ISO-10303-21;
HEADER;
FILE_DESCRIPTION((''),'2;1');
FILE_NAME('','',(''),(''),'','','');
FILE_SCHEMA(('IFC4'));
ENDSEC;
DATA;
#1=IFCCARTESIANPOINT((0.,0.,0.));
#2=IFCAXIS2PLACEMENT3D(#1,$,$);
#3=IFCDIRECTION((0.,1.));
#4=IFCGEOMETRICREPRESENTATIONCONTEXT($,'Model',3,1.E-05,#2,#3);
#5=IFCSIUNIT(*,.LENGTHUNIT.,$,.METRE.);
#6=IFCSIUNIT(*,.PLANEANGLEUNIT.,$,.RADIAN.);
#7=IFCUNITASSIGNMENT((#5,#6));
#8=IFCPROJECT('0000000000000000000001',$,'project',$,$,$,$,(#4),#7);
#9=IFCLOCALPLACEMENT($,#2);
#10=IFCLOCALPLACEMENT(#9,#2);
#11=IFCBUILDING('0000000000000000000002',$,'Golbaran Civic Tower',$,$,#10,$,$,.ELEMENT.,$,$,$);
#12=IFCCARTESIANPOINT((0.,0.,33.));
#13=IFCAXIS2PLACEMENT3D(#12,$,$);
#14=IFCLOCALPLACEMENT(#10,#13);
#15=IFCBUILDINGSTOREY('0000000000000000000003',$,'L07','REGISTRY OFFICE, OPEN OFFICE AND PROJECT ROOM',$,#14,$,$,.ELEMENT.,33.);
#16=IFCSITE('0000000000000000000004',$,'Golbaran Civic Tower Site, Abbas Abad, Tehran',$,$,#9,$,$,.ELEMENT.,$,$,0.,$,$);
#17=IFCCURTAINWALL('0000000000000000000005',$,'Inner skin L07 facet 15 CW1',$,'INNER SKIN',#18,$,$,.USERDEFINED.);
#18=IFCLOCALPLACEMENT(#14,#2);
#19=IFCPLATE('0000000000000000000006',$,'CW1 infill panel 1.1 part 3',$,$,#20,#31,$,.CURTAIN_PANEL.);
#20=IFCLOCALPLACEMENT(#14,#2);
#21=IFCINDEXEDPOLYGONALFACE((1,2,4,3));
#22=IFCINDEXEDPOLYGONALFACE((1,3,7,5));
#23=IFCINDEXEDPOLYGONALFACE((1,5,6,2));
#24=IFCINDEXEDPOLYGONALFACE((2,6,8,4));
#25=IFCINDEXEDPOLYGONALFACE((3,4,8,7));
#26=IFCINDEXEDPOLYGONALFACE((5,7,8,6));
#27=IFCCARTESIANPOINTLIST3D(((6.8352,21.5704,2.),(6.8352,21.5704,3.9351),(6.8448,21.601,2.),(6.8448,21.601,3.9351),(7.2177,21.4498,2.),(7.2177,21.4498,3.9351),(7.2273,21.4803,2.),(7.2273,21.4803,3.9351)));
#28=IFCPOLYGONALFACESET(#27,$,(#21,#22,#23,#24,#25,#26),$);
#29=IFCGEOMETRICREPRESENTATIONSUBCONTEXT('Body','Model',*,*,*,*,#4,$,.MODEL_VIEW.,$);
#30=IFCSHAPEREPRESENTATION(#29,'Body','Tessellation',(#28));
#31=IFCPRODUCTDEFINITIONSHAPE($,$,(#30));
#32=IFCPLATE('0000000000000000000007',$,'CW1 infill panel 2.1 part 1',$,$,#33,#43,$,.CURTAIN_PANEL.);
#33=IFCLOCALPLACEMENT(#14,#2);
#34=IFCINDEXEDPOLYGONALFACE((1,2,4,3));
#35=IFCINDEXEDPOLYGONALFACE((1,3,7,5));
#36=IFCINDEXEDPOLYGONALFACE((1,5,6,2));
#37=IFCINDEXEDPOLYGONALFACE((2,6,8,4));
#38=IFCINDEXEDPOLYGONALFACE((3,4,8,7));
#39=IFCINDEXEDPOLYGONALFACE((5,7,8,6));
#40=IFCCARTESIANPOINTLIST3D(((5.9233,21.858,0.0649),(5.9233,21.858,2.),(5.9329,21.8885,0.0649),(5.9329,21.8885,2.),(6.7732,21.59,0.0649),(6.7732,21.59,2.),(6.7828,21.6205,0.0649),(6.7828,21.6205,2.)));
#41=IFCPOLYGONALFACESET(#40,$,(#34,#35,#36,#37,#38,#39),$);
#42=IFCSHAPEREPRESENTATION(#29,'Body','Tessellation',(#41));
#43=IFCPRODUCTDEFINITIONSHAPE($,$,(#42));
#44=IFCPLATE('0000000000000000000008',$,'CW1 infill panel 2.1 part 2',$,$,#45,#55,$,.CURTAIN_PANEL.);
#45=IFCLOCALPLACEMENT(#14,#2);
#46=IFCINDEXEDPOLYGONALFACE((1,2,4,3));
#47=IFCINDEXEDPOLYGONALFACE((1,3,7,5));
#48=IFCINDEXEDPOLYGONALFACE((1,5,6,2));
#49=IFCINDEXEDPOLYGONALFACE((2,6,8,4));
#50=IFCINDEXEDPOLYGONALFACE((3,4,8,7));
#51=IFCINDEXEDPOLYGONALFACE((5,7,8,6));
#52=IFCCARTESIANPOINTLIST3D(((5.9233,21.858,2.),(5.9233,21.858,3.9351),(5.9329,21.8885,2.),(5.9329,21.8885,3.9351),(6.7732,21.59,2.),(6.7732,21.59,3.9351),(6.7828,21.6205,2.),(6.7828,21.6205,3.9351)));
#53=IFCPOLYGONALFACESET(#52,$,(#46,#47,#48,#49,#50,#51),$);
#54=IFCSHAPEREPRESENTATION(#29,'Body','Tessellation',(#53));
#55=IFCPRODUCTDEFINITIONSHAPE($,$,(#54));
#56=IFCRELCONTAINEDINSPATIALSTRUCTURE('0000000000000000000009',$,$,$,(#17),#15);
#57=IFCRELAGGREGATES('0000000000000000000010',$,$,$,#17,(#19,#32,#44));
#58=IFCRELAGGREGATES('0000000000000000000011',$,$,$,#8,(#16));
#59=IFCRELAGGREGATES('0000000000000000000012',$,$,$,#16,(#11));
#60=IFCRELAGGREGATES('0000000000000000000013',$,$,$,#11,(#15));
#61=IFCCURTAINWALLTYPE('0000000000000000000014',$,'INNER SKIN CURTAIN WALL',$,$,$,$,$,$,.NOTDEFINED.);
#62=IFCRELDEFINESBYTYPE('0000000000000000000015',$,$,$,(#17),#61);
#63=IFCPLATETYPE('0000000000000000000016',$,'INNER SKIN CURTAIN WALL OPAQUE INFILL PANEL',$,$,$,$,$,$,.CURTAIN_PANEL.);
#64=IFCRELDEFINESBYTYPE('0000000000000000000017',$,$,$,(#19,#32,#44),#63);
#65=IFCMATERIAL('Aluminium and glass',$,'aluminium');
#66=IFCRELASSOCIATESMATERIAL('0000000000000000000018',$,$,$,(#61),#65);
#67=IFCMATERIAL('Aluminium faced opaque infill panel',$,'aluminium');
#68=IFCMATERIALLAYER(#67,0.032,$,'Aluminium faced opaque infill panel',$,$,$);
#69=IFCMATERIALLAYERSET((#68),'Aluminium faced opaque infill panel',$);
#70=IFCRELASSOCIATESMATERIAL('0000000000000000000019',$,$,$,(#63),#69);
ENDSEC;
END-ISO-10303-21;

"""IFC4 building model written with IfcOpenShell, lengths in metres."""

from ifc_helpers import new_model, si_unit, direction, frame, origin, origin_2d, place, context, subcontext, project, spatial, rectangle, extrude, material, layer, layer_set, type_object, element, aggregate, save


model = new_model("IFC4")

# Units and contexts
model_context = context("Model", 3, precision=1e-05, world=origin(), true_north=direction((0.0, 1.0)))
body_context = subcontext(model_context, "Body", "Model", "MODEL_VIEW")
ifc_project = project(units=[si_unit("LENGTHUNIT", "METRE"), si_unit("PLANEANGLEUNIT", "RADIAN")], contexts=[model_context])

# Site, building, storey
site_placement = place(None, origin())
site = spatial("IfcSite", under=ifc_project, at=site_placement, Name="Golbaran Civic Tower Site, Abbas Abad, Tehran", CompositionType="ELEMENT", RefElevation=0.0)
building_placement = place(site_placement, origin())
building = spatial("IfcBuilding", under=site, at=building_placement, Name="Golbaran Civic Tower", CompositionType="ELEMENT")
storey_placement = place(building_placement, frame((0.0, 0.0, 33.0)))
storey = spatial("IfcBuildingStorey", under=building, at=storey_placement, Name="L07", Description="REGISTRY OFFICE, OPEN OFFICE AND PROJECT ROOM", CompositionType="ELEMENT", Elevation=33.0)

# Curtain wall
ifc_material_1 = material(Name="Aluminium and glass", Category="aluminium")
curtain_wall_type = type_object("IfcCurtainWallType", Name="INNER SKIN CURTAIN WALL", PredefinedType="NOTDEFINED", material=ifc_material_1)
curtain_wall_1_placement = place(storey_placement, origin())
curtain_wall_1 = element("IfcCurtainWall", 1, at=curtain_wall_1_placement, inside=storey, type_object=curtain_wall_type, Name="Inner skin L07 facet 15 CW1", ObjectType="INNER SKIN", PredefinedType="USERDEFINED")

# Plates
ifc_material_2 = material(Name="Aluminium faced opaque infill panel", Category="aluminium")
ifc_layer_1 = layer(ifc_material_2, 0.032, Name="Aluminium faced opaque infill panel")
ifc_layer_set_1 = layer_set([ifc_layer_1], Name="Aluminium faced opaque infill panel")
plate_type_1 = type_object("IfcPlateType", Name="INNER SKIN CURTAIN WALL OPAQUE INFILL PANEL", PredefinedType="CURTAIN_PANEL", material=ifc_layer_set_1)
plate_1_placement = place(storey_placement, frame((7.0312, 21.5254, 2.0), z_axis=(0.0, 0.0, 1.0), x_axis=(-0.953717, 0.300706, 0.0)))
plate_1 = element("IfcPlate", 2, at=plate_1_placement, type_object=plate_type_1, Name="CW1 infill panel 1.1 part 3", PredefinedType="CURTAIN_PANEL", context=body_context, shape_type="SweptSolid", body=[
    extrude(rectangle(XDim=0.4011, YDim=0.032, at=origin_2d()), origin(), (0.0, 0.0, 1.0), 1.9351),
])
plate_2_placement = place(storey_placement, frame((6.353, 21.7393, 0.0649), z_axis=(0.0, 0.0, 1.0), x_axis=(-0.953717, 0.300706, 0.0)))
plate_2 = element("IfcPlate", 3, at=plate_2_placement, type_object=plate_type_1, Name="CW1 infill panel 2.1 part 1", PredefinedType="CURTAIN_PANEL", context=body_context, shape_type="SweptSolid", body=[
    extrude(rectangle(XDim=0.8911, YDim=0.032, at=origin_2d()), origin(), (0.0, 0.0, 1.0), 1.9351),
])
plate_3_placement = place(storey_placement, frame((6.353, 21.7393, 2.0), z_axis=(0.0, 0.0, 1.0), x_axis=(-0.953717, 0.300706, 0.0)))
plate_3 = element("IfcPlate", 4, at=plate_3_placement, type_object=plate_type_1, Name="CW1 infill panel 2.1 part 2", PredefinedType="CURTAIN_PANEL", context=body_context, shape_type="SweptSolid", body=[
    extrude(rectangle(XDim=0.8911, YDim=0.032, at=origin_2d()), origin(), (0.0, 0.0, 1.0), 1.9351),
])
aggregate(curtain_wall_1, [plate_1, plate_2, plate_3])

save(model, "model.ifc")
